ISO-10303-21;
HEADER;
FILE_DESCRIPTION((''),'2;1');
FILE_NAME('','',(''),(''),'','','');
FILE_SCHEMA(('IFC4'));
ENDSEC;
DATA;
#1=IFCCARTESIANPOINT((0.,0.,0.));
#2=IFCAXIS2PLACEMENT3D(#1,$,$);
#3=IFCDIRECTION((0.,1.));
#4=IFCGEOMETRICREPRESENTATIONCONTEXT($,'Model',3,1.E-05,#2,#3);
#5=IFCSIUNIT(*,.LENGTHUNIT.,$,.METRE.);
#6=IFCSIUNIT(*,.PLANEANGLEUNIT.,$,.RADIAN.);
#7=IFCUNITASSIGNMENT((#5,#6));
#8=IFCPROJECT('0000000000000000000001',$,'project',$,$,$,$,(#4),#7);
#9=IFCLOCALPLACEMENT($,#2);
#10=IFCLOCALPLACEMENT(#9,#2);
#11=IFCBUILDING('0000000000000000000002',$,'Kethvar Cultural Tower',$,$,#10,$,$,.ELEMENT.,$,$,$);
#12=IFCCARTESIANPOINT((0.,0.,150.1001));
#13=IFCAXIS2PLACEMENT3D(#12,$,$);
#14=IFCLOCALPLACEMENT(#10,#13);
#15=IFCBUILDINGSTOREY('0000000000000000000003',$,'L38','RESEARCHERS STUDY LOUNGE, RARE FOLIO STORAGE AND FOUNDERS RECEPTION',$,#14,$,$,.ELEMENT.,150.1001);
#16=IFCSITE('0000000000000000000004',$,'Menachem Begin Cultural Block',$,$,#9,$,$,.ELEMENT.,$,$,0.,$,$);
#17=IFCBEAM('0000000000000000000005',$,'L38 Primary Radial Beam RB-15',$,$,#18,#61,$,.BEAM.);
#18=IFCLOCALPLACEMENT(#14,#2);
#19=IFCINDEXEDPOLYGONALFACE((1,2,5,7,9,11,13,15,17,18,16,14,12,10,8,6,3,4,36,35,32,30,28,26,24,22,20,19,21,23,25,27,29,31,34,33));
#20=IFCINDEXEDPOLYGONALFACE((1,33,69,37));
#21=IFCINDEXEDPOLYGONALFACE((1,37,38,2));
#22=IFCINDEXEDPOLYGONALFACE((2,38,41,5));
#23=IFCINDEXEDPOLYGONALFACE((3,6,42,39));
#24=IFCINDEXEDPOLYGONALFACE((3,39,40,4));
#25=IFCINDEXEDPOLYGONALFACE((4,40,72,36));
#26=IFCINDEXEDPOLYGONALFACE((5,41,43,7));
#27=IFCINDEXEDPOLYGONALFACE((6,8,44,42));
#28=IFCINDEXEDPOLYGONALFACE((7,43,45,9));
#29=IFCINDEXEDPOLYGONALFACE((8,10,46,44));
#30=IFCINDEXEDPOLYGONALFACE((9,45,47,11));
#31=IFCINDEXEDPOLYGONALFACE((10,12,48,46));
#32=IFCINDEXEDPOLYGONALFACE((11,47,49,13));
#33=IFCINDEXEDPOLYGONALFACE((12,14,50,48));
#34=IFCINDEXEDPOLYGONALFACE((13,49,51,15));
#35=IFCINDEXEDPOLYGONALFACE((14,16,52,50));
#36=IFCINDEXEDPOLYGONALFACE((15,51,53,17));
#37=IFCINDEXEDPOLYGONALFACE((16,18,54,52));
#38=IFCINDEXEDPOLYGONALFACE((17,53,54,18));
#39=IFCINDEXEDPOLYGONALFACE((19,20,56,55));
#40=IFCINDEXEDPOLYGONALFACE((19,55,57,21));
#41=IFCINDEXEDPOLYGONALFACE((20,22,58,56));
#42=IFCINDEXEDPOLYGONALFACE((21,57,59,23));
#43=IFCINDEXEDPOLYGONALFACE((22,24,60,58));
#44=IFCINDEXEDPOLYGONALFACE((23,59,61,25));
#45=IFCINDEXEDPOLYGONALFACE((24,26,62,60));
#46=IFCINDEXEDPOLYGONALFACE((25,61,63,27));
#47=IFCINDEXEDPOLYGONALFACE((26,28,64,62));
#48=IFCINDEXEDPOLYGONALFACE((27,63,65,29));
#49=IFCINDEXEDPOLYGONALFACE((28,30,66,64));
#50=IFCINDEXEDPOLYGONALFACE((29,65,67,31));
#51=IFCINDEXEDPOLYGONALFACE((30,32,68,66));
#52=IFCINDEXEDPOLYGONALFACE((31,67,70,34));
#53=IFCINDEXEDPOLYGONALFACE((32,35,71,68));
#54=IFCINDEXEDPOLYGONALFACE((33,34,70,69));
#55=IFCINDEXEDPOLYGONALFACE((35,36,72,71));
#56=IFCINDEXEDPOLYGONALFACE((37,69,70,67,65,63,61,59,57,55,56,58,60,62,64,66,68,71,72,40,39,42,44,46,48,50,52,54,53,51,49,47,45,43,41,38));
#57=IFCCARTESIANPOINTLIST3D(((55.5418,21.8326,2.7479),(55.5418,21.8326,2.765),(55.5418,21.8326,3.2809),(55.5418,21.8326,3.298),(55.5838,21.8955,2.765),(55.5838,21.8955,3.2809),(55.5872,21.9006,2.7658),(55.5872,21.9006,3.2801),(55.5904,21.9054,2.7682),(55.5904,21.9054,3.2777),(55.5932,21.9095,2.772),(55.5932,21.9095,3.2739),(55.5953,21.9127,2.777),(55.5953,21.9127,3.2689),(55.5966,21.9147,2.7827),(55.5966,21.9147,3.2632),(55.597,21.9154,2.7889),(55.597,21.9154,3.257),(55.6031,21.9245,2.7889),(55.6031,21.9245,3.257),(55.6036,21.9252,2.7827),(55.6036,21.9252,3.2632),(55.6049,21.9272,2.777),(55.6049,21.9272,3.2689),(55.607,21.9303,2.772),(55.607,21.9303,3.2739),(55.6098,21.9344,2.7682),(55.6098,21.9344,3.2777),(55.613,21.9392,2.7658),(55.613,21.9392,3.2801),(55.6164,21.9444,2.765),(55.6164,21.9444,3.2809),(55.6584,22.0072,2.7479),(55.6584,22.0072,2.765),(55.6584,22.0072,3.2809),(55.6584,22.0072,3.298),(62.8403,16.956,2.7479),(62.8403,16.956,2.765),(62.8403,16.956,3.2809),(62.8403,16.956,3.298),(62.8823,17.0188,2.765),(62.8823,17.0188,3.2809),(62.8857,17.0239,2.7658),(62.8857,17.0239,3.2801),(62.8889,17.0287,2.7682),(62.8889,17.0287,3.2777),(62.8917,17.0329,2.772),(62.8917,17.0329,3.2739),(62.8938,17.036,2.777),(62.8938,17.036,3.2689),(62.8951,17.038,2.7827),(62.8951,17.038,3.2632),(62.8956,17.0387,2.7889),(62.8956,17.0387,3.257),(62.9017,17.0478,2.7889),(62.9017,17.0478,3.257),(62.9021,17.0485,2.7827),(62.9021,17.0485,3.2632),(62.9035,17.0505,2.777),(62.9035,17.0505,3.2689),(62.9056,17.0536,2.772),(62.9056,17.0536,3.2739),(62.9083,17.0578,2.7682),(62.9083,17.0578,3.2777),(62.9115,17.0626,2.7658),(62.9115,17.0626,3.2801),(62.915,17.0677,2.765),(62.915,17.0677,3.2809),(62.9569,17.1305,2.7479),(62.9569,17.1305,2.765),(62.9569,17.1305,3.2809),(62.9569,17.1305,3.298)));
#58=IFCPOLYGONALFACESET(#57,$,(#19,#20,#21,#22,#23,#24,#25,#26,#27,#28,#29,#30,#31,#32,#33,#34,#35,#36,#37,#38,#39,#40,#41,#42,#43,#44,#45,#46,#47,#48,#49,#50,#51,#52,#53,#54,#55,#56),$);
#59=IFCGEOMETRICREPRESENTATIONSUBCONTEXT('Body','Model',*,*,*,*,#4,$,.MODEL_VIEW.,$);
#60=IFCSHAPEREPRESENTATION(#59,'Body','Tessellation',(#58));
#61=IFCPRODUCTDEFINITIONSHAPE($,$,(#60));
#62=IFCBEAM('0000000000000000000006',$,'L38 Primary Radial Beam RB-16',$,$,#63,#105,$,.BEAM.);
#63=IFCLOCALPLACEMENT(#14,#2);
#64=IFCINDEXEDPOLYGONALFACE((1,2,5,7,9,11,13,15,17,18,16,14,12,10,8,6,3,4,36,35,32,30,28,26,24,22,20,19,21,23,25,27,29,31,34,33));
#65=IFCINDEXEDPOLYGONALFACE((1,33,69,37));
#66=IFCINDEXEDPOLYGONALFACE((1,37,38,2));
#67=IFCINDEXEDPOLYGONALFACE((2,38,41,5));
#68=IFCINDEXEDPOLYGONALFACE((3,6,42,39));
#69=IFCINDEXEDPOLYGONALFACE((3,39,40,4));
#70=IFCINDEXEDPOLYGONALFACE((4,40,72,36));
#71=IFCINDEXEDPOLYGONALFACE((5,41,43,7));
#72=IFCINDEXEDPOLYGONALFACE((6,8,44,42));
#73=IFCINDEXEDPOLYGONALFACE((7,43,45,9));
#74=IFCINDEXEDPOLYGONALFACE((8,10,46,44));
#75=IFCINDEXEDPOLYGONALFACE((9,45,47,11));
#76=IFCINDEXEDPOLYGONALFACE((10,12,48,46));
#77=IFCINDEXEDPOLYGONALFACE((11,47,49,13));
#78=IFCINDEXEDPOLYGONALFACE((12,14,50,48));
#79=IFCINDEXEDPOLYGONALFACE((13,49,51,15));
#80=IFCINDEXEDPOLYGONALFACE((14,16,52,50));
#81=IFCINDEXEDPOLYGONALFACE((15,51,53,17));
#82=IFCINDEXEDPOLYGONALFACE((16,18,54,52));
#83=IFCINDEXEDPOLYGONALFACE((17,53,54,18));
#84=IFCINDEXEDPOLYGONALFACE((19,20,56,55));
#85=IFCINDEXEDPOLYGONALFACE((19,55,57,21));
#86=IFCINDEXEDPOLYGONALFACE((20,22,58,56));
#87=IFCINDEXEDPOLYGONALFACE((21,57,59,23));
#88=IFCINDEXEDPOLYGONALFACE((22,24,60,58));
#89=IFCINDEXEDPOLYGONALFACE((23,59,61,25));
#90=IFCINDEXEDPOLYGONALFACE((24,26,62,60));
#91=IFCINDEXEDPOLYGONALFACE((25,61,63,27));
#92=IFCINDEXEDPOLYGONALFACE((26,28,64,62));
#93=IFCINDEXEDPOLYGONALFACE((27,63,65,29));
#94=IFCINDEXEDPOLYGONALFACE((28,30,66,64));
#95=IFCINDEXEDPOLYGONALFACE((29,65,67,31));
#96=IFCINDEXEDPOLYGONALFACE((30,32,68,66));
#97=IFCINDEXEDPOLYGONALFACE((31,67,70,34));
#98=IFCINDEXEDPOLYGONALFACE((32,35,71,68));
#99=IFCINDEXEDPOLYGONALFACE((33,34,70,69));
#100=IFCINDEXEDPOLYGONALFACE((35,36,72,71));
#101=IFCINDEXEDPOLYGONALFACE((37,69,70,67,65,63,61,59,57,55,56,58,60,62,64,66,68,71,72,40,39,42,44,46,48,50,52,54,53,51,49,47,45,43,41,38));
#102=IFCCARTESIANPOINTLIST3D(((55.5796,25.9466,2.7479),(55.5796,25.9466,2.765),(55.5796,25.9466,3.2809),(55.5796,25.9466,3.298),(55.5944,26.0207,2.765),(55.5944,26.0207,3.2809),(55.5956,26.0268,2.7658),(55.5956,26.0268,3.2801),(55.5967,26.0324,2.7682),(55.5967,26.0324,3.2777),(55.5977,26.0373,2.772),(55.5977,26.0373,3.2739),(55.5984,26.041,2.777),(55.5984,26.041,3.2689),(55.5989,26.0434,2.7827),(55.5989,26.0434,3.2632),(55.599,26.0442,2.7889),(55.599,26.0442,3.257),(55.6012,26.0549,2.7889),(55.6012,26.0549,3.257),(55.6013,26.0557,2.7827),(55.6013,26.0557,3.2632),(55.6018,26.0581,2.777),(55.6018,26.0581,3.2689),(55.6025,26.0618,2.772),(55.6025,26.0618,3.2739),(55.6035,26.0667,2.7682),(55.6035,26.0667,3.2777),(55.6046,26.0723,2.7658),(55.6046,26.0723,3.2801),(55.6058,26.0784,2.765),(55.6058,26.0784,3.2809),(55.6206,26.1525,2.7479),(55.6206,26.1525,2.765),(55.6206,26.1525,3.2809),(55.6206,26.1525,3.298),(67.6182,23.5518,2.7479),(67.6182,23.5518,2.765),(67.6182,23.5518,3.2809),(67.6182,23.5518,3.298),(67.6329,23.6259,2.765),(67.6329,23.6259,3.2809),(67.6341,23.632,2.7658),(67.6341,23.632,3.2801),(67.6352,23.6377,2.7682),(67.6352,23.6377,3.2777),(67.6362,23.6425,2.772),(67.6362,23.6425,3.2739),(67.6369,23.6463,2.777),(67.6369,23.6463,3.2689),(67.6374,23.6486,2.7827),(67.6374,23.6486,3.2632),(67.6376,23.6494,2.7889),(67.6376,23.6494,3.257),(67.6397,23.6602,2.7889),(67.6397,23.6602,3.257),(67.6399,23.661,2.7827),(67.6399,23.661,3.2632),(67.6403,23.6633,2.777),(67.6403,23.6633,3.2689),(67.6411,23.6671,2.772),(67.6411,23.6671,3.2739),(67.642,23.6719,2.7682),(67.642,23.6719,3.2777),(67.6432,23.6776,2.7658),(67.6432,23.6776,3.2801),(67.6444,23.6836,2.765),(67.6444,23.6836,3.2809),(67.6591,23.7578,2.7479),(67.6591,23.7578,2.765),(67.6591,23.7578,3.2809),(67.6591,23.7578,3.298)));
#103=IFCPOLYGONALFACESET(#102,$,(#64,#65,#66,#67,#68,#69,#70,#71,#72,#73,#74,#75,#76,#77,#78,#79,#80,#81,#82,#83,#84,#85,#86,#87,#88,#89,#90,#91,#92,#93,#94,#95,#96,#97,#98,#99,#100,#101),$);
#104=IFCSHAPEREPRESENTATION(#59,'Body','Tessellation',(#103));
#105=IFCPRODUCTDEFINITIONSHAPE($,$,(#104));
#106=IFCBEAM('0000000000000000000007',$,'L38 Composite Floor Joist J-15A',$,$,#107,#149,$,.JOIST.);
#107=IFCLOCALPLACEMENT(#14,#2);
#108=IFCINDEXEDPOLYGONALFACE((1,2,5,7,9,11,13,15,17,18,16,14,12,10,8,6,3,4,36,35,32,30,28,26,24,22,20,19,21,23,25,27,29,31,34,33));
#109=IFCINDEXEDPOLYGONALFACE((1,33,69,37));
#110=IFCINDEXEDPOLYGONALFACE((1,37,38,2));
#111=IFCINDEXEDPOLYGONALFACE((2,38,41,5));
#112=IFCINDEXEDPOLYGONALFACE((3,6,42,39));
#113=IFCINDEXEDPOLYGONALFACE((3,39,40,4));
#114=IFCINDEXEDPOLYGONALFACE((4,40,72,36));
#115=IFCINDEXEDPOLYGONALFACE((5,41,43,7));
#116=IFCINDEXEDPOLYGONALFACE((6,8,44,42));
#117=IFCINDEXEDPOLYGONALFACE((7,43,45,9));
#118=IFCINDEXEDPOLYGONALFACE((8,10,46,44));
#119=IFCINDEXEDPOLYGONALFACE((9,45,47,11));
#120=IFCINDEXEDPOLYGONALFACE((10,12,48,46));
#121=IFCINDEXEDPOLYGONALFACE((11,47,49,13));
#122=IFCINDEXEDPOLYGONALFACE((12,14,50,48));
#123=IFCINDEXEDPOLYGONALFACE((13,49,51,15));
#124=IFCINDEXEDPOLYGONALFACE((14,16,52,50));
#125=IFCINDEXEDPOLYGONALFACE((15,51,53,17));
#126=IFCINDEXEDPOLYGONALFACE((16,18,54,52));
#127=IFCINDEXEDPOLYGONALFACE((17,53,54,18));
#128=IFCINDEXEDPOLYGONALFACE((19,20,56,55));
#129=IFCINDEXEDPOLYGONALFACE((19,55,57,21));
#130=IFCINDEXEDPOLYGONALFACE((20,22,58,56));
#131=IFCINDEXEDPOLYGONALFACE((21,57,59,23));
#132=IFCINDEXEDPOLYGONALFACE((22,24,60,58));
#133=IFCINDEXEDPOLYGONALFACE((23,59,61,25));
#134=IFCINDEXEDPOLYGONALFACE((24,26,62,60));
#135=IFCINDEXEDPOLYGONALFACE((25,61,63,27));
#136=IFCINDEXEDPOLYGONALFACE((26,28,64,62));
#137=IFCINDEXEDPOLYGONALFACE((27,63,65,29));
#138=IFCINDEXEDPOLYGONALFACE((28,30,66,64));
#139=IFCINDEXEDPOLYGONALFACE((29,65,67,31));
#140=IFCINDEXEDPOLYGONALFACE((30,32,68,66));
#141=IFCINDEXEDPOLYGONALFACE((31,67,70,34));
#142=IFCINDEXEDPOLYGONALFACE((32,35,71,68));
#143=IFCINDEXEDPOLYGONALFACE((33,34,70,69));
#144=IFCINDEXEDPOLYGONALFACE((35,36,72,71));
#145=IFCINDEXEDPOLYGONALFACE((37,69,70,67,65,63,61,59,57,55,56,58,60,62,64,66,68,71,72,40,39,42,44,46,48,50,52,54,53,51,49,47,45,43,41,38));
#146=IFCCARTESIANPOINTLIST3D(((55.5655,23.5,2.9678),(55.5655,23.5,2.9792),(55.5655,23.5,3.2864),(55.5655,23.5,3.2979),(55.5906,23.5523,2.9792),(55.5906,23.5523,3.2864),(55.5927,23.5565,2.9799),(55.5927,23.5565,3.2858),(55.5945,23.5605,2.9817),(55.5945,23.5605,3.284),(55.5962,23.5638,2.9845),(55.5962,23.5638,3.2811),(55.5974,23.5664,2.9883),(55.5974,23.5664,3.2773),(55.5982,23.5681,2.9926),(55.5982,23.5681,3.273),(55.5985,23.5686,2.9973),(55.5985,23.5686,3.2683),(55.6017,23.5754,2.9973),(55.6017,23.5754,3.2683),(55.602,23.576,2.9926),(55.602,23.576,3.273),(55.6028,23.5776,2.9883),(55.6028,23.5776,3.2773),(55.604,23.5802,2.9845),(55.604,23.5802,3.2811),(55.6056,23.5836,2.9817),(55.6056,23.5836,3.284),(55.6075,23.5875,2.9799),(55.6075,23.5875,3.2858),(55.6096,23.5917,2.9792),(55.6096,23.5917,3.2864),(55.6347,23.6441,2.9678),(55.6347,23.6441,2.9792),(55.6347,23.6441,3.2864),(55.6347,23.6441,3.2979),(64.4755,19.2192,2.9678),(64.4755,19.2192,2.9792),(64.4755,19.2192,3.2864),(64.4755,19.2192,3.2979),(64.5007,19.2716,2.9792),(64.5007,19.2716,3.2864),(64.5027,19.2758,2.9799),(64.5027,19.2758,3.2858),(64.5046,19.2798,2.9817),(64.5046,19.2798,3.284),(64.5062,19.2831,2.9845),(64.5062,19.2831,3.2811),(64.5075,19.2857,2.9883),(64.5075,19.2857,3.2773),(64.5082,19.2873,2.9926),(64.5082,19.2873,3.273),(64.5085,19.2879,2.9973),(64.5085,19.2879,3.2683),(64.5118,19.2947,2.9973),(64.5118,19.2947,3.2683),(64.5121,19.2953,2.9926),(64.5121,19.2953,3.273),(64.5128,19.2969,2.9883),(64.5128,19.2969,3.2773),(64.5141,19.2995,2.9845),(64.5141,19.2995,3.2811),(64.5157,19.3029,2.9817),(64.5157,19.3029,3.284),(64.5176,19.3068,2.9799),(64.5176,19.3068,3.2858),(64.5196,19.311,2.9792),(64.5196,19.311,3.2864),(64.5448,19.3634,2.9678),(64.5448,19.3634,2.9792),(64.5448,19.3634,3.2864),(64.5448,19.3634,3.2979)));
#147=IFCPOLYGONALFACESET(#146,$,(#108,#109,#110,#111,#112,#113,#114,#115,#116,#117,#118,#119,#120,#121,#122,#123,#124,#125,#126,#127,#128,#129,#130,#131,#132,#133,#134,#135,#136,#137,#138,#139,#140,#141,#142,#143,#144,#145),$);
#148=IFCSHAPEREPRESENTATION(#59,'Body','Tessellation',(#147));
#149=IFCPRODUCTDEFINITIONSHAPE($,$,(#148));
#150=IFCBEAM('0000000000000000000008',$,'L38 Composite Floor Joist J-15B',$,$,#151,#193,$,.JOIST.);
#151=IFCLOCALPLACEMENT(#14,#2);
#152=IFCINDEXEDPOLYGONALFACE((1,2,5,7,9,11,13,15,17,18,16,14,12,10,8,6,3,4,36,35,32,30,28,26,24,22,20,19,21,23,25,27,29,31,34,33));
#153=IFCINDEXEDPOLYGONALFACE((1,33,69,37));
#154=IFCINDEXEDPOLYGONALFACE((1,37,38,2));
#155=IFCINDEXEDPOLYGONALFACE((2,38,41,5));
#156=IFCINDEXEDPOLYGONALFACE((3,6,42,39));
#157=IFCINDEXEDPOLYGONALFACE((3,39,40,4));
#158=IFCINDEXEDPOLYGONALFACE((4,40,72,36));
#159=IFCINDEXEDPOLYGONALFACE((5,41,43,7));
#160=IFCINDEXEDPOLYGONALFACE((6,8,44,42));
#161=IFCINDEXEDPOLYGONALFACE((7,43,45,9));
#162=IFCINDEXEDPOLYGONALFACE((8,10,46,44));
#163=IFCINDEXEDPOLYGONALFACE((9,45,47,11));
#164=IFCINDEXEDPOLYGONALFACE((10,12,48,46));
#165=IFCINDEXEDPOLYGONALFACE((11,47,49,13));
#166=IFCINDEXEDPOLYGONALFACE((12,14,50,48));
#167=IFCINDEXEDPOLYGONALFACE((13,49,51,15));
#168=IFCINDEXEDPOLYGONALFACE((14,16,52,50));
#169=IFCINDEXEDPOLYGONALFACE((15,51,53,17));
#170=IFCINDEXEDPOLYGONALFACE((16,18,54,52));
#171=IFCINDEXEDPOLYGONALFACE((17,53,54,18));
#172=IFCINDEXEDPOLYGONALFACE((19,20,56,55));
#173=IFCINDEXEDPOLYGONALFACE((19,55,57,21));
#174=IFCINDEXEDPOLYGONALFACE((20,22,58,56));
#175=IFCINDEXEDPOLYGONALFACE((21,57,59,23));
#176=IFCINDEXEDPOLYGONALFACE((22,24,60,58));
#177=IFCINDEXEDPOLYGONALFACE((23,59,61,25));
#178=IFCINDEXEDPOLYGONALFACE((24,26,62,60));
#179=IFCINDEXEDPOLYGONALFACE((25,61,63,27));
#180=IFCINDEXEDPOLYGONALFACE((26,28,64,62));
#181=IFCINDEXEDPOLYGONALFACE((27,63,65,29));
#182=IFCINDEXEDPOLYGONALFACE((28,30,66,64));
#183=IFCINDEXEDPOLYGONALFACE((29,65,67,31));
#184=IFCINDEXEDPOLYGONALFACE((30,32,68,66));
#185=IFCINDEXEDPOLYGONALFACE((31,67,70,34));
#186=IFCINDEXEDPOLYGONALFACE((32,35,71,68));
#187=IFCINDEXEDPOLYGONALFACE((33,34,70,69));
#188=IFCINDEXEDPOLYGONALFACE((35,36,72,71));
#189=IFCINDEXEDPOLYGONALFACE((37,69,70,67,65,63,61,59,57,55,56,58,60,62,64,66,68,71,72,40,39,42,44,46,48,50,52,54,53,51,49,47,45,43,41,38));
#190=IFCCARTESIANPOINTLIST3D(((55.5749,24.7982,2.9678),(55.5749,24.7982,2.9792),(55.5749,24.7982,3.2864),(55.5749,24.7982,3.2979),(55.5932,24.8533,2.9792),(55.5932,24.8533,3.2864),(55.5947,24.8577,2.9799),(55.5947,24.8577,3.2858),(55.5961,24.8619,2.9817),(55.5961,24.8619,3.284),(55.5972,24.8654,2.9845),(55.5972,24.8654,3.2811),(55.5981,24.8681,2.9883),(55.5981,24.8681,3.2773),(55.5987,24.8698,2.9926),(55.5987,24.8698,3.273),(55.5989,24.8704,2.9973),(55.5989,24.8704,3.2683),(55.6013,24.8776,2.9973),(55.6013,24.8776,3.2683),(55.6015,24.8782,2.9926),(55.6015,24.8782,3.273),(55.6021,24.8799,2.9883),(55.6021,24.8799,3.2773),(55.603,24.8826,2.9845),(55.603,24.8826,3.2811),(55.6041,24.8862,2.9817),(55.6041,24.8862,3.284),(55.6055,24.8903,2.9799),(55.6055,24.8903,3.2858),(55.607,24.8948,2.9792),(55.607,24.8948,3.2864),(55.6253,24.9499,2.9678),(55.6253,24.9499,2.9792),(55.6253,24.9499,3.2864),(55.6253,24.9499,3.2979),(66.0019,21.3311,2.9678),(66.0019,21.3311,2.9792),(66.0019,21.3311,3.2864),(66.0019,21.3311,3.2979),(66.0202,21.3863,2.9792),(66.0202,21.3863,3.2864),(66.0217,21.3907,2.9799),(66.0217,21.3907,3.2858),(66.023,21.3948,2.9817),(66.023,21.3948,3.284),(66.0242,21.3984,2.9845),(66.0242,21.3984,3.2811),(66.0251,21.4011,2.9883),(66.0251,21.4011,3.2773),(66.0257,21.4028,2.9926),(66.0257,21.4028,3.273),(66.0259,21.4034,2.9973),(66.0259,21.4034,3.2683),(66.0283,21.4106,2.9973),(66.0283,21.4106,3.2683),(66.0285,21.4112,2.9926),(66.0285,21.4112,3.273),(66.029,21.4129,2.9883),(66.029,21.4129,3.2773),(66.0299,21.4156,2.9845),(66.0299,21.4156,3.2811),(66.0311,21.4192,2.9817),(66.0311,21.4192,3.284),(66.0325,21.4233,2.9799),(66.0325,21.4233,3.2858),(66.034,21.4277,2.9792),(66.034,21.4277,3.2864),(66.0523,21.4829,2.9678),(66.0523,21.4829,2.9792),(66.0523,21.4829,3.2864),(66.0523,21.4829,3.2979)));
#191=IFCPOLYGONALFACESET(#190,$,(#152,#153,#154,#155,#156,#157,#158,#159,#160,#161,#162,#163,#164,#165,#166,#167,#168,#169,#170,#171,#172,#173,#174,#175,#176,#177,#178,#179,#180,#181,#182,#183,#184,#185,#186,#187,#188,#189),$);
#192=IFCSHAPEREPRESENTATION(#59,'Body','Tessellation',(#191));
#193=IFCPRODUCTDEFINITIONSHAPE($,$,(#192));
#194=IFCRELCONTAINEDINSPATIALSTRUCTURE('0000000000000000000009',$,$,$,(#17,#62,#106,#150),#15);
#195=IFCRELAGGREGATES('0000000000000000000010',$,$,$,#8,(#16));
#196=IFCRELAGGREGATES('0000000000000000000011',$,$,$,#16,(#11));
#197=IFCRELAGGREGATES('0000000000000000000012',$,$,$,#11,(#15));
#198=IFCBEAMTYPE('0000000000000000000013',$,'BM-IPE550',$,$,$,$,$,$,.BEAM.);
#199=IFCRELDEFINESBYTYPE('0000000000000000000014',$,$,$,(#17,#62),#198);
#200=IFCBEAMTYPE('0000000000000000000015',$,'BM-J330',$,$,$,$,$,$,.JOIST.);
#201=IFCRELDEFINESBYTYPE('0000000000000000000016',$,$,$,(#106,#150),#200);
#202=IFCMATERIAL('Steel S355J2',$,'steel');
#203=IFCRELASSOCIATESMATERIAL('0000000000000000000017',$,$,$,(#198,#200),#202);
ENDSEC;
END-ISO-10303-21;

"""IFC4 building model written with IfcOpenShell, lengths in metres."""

from ifc_helpers import new_model, si_unit, direction, frame, origin, origin_2d, place, context, subcontext, project, spatial, i_section, extrude, source, transform, mapped, material, material_profile, profile_set, type_object, element, save


model = new_model("IFC4")

# Units and contexts
model_context = context("Model", 3, precision=1e-05, world=origin(), true_north=direction((0.0, 1.0)))
body_context = subcontext(model_context, "Body", "Model", "MODEL_VIEW")
ifc_project = project(units=[si_unit("LENGTHUNIT", "METRE"), si_unit("PLANEANGLEUNIT", "RADIAN")], contexts=[model_context])

# Site, building, storey
site_placement = place(None, origin())
site = spatial("IfcSite", under=ifc_project, at=site_placement, Name="Menachem Begin Cultural Block", CompositionType="ELEMENT", RefElevation=0.0)
building_placement = place(site_placement, origin())
building = spatial("IfcBuilding", under=site, at=building_placement, Name="Kethvar Cultural Tower", CompositionType="ELEMENT")
storey_placement = place(building_placement, frame((0.0, 0.0, 150.1001)))
storey = spatial("IfcBuildingStorey", under=building, at=storey_placement, Name="L38", Description="RESEARCHERS STUDY LOUNGE, RARE FOLIO STORAGE AND FOUNDERS RECEPTION", CompositionType="ELEMENT", Elevation=150.1001)

# Beams
ifc_material_1 = material(Name="Steel S355J2", Category="steel")
ifc_material_profile_1 = material_profile(ifc_material_1, i_section(OverallWidth=0.21, OverallDepth=0.55, WebThickness=0.011, FlangeThickness=0.0171, FilletRadius=0.0239, at=origin_2d()), Name="Steel S355J2 — IPE550")
ifc_profile_set_1 = profile_set([ifc_material_profile_1], Name="Steel S355J2 — IPE550")
beam_type_1 = type_object("IfcBeamType", Name="BM-IPE550", PredefinedType="BEAM", material=ifc_profile_set_1)
shared_shape_1 = source(origin(), body_context, "Body", "SweptSolid", [
    extrude(i_section(OverallWidth=0.21, OverallDepth=0.55, WebThickness=0.011, FlangeThickness=0.0171, FilletRadius=0.0239, at=origin_2d()), origin(), (0.0, 0.0, 1.0), 8.7778),
])
beam_1_placement = place(storey_placement, frame((55.6001, 21.9199, 3.0229), z_axis=(0.831472, -0.555566, 0.0), x_axis=(0.555566, 0.831472, 0.0)))
element("IfcBeam", 1, at=beam_1_placement, inside=storey, type_object=beam_type_1, Name="L38 Primary Radial Beam RB-15", PredefinedType="BEAM", context=body_context, shape_type="MappedRepresentation", body=[
    mapped(shared_shape_1, transform((0.0, 0.0, 0.0), scale=1.0)),
])
shared_shape_2 = source(origin(), body_context, "Body", "SweptSolid", [
    extrude(i_section(OverallWidth=0.21, OverallDepth=0.55, WebThickness=0.011, FlangeThickness=0.0171, FilletRadius=0.0239, at=origin_2d()), origin(), (0.0, 0.0, 1.0), 12.2744),
])
beam_2_placement = place(storey_placement, frame((55.6001, 26.0496, 3.0229), z_axis=(0.980783, -0.195102, 0.0), x_axis=(0.195102, 0.980783, 0.0)))
element("IfcBeam", 2, at=beam_2_placement, inside=storey, type_object=beam_type_1, Name="L38 Primary Radial Beam RB-16", PredefinedType="BEAM", context=body_context, shape_type="MappedRepresentation", body=[
    mapped(shared_shape_2, transform((0.0, 0.0, 0.0), scale=1.0)),
])
ifc_material_profile_2 = material_profile(ifc_material_1, i_section(OverallWidth=0.1599, OverallDepth=0.3301, WebThickness=0.0076, FlangeThickness=0.0115, FilletRadius=0.0181, at=origin_2d()), Name="Steel S355J2 — IPE330")
ifc_profile_set_2 = profile_set([ifc_material_profile_2], Name="Steel S355J2 — IPE330")
beam_type_2 = type_object("IfcBeamType", Name="BM-J330", PredefinedType="JOIST", material=ifc_profile_set_2)
shared_shape_3 = source(origin(), body_context, "Body", "SweptSolid", [
    extrude(i_section(OverallWidth=0.1599, OverallDepth=0.3301, WebThickness=0.0076, FlangeThickness=0.0115, FilletRadius=0.0181, at=origin_2d()), origin(), (0.0, 0.0, 1.0), 9.885),
])
beam_3_placement = place(storey_placement, frame((55.6001, 23.572, 3.1328), z_axis=(0.90137, -0.433051, 0.0), x_axis=(0.433051, 0.90137, 0.0)))
element("IfcBeam", 3, at=beam_3_placement, inside=storey, type_object=beam_type_2, Name="L38 Composite Floor Joist J-15A", PredefinedType="JOIST", context=body_context, shape_type="MappedRepresentation", body=[
    mapped(shared_shape_3, transform((0.0, 0.0, 0.0), scale=1.0)),
])
shared_shape_4 = source(origin(), body_context, "Body", "SweptSolid", [
    extrude(i_section(OverallWidth=0.1599, OverallDepth=0.3301, WebThickness=0.0076, FlangeThickness=0.0115, FilletRadius=0.0181, at=origin_2d()), origin(), (0.0, 0.0, 1.0), 10.9883),
])
beam_4_placement = place(storey_placement, frame((55.6001, 24.874, 3.1328), z_axis=(0.948919, -0.315521, 0.0), x_axis=(0.315521, 0.948919, 0.0)))
element("IfcBeam", 4, at=beam_4_placement, inside=storey, type_object=beam_type_2, Name="L38 Composite Floor Joist J-15B", PredefinedType="JOIST", context=body_context, shape_type="MappedRepresentation", body=[
    mapped(shared_shape_4, transform((0.0, 0.0, 0.0), scale=1.0)),
])

save(model, "model.ifc")
